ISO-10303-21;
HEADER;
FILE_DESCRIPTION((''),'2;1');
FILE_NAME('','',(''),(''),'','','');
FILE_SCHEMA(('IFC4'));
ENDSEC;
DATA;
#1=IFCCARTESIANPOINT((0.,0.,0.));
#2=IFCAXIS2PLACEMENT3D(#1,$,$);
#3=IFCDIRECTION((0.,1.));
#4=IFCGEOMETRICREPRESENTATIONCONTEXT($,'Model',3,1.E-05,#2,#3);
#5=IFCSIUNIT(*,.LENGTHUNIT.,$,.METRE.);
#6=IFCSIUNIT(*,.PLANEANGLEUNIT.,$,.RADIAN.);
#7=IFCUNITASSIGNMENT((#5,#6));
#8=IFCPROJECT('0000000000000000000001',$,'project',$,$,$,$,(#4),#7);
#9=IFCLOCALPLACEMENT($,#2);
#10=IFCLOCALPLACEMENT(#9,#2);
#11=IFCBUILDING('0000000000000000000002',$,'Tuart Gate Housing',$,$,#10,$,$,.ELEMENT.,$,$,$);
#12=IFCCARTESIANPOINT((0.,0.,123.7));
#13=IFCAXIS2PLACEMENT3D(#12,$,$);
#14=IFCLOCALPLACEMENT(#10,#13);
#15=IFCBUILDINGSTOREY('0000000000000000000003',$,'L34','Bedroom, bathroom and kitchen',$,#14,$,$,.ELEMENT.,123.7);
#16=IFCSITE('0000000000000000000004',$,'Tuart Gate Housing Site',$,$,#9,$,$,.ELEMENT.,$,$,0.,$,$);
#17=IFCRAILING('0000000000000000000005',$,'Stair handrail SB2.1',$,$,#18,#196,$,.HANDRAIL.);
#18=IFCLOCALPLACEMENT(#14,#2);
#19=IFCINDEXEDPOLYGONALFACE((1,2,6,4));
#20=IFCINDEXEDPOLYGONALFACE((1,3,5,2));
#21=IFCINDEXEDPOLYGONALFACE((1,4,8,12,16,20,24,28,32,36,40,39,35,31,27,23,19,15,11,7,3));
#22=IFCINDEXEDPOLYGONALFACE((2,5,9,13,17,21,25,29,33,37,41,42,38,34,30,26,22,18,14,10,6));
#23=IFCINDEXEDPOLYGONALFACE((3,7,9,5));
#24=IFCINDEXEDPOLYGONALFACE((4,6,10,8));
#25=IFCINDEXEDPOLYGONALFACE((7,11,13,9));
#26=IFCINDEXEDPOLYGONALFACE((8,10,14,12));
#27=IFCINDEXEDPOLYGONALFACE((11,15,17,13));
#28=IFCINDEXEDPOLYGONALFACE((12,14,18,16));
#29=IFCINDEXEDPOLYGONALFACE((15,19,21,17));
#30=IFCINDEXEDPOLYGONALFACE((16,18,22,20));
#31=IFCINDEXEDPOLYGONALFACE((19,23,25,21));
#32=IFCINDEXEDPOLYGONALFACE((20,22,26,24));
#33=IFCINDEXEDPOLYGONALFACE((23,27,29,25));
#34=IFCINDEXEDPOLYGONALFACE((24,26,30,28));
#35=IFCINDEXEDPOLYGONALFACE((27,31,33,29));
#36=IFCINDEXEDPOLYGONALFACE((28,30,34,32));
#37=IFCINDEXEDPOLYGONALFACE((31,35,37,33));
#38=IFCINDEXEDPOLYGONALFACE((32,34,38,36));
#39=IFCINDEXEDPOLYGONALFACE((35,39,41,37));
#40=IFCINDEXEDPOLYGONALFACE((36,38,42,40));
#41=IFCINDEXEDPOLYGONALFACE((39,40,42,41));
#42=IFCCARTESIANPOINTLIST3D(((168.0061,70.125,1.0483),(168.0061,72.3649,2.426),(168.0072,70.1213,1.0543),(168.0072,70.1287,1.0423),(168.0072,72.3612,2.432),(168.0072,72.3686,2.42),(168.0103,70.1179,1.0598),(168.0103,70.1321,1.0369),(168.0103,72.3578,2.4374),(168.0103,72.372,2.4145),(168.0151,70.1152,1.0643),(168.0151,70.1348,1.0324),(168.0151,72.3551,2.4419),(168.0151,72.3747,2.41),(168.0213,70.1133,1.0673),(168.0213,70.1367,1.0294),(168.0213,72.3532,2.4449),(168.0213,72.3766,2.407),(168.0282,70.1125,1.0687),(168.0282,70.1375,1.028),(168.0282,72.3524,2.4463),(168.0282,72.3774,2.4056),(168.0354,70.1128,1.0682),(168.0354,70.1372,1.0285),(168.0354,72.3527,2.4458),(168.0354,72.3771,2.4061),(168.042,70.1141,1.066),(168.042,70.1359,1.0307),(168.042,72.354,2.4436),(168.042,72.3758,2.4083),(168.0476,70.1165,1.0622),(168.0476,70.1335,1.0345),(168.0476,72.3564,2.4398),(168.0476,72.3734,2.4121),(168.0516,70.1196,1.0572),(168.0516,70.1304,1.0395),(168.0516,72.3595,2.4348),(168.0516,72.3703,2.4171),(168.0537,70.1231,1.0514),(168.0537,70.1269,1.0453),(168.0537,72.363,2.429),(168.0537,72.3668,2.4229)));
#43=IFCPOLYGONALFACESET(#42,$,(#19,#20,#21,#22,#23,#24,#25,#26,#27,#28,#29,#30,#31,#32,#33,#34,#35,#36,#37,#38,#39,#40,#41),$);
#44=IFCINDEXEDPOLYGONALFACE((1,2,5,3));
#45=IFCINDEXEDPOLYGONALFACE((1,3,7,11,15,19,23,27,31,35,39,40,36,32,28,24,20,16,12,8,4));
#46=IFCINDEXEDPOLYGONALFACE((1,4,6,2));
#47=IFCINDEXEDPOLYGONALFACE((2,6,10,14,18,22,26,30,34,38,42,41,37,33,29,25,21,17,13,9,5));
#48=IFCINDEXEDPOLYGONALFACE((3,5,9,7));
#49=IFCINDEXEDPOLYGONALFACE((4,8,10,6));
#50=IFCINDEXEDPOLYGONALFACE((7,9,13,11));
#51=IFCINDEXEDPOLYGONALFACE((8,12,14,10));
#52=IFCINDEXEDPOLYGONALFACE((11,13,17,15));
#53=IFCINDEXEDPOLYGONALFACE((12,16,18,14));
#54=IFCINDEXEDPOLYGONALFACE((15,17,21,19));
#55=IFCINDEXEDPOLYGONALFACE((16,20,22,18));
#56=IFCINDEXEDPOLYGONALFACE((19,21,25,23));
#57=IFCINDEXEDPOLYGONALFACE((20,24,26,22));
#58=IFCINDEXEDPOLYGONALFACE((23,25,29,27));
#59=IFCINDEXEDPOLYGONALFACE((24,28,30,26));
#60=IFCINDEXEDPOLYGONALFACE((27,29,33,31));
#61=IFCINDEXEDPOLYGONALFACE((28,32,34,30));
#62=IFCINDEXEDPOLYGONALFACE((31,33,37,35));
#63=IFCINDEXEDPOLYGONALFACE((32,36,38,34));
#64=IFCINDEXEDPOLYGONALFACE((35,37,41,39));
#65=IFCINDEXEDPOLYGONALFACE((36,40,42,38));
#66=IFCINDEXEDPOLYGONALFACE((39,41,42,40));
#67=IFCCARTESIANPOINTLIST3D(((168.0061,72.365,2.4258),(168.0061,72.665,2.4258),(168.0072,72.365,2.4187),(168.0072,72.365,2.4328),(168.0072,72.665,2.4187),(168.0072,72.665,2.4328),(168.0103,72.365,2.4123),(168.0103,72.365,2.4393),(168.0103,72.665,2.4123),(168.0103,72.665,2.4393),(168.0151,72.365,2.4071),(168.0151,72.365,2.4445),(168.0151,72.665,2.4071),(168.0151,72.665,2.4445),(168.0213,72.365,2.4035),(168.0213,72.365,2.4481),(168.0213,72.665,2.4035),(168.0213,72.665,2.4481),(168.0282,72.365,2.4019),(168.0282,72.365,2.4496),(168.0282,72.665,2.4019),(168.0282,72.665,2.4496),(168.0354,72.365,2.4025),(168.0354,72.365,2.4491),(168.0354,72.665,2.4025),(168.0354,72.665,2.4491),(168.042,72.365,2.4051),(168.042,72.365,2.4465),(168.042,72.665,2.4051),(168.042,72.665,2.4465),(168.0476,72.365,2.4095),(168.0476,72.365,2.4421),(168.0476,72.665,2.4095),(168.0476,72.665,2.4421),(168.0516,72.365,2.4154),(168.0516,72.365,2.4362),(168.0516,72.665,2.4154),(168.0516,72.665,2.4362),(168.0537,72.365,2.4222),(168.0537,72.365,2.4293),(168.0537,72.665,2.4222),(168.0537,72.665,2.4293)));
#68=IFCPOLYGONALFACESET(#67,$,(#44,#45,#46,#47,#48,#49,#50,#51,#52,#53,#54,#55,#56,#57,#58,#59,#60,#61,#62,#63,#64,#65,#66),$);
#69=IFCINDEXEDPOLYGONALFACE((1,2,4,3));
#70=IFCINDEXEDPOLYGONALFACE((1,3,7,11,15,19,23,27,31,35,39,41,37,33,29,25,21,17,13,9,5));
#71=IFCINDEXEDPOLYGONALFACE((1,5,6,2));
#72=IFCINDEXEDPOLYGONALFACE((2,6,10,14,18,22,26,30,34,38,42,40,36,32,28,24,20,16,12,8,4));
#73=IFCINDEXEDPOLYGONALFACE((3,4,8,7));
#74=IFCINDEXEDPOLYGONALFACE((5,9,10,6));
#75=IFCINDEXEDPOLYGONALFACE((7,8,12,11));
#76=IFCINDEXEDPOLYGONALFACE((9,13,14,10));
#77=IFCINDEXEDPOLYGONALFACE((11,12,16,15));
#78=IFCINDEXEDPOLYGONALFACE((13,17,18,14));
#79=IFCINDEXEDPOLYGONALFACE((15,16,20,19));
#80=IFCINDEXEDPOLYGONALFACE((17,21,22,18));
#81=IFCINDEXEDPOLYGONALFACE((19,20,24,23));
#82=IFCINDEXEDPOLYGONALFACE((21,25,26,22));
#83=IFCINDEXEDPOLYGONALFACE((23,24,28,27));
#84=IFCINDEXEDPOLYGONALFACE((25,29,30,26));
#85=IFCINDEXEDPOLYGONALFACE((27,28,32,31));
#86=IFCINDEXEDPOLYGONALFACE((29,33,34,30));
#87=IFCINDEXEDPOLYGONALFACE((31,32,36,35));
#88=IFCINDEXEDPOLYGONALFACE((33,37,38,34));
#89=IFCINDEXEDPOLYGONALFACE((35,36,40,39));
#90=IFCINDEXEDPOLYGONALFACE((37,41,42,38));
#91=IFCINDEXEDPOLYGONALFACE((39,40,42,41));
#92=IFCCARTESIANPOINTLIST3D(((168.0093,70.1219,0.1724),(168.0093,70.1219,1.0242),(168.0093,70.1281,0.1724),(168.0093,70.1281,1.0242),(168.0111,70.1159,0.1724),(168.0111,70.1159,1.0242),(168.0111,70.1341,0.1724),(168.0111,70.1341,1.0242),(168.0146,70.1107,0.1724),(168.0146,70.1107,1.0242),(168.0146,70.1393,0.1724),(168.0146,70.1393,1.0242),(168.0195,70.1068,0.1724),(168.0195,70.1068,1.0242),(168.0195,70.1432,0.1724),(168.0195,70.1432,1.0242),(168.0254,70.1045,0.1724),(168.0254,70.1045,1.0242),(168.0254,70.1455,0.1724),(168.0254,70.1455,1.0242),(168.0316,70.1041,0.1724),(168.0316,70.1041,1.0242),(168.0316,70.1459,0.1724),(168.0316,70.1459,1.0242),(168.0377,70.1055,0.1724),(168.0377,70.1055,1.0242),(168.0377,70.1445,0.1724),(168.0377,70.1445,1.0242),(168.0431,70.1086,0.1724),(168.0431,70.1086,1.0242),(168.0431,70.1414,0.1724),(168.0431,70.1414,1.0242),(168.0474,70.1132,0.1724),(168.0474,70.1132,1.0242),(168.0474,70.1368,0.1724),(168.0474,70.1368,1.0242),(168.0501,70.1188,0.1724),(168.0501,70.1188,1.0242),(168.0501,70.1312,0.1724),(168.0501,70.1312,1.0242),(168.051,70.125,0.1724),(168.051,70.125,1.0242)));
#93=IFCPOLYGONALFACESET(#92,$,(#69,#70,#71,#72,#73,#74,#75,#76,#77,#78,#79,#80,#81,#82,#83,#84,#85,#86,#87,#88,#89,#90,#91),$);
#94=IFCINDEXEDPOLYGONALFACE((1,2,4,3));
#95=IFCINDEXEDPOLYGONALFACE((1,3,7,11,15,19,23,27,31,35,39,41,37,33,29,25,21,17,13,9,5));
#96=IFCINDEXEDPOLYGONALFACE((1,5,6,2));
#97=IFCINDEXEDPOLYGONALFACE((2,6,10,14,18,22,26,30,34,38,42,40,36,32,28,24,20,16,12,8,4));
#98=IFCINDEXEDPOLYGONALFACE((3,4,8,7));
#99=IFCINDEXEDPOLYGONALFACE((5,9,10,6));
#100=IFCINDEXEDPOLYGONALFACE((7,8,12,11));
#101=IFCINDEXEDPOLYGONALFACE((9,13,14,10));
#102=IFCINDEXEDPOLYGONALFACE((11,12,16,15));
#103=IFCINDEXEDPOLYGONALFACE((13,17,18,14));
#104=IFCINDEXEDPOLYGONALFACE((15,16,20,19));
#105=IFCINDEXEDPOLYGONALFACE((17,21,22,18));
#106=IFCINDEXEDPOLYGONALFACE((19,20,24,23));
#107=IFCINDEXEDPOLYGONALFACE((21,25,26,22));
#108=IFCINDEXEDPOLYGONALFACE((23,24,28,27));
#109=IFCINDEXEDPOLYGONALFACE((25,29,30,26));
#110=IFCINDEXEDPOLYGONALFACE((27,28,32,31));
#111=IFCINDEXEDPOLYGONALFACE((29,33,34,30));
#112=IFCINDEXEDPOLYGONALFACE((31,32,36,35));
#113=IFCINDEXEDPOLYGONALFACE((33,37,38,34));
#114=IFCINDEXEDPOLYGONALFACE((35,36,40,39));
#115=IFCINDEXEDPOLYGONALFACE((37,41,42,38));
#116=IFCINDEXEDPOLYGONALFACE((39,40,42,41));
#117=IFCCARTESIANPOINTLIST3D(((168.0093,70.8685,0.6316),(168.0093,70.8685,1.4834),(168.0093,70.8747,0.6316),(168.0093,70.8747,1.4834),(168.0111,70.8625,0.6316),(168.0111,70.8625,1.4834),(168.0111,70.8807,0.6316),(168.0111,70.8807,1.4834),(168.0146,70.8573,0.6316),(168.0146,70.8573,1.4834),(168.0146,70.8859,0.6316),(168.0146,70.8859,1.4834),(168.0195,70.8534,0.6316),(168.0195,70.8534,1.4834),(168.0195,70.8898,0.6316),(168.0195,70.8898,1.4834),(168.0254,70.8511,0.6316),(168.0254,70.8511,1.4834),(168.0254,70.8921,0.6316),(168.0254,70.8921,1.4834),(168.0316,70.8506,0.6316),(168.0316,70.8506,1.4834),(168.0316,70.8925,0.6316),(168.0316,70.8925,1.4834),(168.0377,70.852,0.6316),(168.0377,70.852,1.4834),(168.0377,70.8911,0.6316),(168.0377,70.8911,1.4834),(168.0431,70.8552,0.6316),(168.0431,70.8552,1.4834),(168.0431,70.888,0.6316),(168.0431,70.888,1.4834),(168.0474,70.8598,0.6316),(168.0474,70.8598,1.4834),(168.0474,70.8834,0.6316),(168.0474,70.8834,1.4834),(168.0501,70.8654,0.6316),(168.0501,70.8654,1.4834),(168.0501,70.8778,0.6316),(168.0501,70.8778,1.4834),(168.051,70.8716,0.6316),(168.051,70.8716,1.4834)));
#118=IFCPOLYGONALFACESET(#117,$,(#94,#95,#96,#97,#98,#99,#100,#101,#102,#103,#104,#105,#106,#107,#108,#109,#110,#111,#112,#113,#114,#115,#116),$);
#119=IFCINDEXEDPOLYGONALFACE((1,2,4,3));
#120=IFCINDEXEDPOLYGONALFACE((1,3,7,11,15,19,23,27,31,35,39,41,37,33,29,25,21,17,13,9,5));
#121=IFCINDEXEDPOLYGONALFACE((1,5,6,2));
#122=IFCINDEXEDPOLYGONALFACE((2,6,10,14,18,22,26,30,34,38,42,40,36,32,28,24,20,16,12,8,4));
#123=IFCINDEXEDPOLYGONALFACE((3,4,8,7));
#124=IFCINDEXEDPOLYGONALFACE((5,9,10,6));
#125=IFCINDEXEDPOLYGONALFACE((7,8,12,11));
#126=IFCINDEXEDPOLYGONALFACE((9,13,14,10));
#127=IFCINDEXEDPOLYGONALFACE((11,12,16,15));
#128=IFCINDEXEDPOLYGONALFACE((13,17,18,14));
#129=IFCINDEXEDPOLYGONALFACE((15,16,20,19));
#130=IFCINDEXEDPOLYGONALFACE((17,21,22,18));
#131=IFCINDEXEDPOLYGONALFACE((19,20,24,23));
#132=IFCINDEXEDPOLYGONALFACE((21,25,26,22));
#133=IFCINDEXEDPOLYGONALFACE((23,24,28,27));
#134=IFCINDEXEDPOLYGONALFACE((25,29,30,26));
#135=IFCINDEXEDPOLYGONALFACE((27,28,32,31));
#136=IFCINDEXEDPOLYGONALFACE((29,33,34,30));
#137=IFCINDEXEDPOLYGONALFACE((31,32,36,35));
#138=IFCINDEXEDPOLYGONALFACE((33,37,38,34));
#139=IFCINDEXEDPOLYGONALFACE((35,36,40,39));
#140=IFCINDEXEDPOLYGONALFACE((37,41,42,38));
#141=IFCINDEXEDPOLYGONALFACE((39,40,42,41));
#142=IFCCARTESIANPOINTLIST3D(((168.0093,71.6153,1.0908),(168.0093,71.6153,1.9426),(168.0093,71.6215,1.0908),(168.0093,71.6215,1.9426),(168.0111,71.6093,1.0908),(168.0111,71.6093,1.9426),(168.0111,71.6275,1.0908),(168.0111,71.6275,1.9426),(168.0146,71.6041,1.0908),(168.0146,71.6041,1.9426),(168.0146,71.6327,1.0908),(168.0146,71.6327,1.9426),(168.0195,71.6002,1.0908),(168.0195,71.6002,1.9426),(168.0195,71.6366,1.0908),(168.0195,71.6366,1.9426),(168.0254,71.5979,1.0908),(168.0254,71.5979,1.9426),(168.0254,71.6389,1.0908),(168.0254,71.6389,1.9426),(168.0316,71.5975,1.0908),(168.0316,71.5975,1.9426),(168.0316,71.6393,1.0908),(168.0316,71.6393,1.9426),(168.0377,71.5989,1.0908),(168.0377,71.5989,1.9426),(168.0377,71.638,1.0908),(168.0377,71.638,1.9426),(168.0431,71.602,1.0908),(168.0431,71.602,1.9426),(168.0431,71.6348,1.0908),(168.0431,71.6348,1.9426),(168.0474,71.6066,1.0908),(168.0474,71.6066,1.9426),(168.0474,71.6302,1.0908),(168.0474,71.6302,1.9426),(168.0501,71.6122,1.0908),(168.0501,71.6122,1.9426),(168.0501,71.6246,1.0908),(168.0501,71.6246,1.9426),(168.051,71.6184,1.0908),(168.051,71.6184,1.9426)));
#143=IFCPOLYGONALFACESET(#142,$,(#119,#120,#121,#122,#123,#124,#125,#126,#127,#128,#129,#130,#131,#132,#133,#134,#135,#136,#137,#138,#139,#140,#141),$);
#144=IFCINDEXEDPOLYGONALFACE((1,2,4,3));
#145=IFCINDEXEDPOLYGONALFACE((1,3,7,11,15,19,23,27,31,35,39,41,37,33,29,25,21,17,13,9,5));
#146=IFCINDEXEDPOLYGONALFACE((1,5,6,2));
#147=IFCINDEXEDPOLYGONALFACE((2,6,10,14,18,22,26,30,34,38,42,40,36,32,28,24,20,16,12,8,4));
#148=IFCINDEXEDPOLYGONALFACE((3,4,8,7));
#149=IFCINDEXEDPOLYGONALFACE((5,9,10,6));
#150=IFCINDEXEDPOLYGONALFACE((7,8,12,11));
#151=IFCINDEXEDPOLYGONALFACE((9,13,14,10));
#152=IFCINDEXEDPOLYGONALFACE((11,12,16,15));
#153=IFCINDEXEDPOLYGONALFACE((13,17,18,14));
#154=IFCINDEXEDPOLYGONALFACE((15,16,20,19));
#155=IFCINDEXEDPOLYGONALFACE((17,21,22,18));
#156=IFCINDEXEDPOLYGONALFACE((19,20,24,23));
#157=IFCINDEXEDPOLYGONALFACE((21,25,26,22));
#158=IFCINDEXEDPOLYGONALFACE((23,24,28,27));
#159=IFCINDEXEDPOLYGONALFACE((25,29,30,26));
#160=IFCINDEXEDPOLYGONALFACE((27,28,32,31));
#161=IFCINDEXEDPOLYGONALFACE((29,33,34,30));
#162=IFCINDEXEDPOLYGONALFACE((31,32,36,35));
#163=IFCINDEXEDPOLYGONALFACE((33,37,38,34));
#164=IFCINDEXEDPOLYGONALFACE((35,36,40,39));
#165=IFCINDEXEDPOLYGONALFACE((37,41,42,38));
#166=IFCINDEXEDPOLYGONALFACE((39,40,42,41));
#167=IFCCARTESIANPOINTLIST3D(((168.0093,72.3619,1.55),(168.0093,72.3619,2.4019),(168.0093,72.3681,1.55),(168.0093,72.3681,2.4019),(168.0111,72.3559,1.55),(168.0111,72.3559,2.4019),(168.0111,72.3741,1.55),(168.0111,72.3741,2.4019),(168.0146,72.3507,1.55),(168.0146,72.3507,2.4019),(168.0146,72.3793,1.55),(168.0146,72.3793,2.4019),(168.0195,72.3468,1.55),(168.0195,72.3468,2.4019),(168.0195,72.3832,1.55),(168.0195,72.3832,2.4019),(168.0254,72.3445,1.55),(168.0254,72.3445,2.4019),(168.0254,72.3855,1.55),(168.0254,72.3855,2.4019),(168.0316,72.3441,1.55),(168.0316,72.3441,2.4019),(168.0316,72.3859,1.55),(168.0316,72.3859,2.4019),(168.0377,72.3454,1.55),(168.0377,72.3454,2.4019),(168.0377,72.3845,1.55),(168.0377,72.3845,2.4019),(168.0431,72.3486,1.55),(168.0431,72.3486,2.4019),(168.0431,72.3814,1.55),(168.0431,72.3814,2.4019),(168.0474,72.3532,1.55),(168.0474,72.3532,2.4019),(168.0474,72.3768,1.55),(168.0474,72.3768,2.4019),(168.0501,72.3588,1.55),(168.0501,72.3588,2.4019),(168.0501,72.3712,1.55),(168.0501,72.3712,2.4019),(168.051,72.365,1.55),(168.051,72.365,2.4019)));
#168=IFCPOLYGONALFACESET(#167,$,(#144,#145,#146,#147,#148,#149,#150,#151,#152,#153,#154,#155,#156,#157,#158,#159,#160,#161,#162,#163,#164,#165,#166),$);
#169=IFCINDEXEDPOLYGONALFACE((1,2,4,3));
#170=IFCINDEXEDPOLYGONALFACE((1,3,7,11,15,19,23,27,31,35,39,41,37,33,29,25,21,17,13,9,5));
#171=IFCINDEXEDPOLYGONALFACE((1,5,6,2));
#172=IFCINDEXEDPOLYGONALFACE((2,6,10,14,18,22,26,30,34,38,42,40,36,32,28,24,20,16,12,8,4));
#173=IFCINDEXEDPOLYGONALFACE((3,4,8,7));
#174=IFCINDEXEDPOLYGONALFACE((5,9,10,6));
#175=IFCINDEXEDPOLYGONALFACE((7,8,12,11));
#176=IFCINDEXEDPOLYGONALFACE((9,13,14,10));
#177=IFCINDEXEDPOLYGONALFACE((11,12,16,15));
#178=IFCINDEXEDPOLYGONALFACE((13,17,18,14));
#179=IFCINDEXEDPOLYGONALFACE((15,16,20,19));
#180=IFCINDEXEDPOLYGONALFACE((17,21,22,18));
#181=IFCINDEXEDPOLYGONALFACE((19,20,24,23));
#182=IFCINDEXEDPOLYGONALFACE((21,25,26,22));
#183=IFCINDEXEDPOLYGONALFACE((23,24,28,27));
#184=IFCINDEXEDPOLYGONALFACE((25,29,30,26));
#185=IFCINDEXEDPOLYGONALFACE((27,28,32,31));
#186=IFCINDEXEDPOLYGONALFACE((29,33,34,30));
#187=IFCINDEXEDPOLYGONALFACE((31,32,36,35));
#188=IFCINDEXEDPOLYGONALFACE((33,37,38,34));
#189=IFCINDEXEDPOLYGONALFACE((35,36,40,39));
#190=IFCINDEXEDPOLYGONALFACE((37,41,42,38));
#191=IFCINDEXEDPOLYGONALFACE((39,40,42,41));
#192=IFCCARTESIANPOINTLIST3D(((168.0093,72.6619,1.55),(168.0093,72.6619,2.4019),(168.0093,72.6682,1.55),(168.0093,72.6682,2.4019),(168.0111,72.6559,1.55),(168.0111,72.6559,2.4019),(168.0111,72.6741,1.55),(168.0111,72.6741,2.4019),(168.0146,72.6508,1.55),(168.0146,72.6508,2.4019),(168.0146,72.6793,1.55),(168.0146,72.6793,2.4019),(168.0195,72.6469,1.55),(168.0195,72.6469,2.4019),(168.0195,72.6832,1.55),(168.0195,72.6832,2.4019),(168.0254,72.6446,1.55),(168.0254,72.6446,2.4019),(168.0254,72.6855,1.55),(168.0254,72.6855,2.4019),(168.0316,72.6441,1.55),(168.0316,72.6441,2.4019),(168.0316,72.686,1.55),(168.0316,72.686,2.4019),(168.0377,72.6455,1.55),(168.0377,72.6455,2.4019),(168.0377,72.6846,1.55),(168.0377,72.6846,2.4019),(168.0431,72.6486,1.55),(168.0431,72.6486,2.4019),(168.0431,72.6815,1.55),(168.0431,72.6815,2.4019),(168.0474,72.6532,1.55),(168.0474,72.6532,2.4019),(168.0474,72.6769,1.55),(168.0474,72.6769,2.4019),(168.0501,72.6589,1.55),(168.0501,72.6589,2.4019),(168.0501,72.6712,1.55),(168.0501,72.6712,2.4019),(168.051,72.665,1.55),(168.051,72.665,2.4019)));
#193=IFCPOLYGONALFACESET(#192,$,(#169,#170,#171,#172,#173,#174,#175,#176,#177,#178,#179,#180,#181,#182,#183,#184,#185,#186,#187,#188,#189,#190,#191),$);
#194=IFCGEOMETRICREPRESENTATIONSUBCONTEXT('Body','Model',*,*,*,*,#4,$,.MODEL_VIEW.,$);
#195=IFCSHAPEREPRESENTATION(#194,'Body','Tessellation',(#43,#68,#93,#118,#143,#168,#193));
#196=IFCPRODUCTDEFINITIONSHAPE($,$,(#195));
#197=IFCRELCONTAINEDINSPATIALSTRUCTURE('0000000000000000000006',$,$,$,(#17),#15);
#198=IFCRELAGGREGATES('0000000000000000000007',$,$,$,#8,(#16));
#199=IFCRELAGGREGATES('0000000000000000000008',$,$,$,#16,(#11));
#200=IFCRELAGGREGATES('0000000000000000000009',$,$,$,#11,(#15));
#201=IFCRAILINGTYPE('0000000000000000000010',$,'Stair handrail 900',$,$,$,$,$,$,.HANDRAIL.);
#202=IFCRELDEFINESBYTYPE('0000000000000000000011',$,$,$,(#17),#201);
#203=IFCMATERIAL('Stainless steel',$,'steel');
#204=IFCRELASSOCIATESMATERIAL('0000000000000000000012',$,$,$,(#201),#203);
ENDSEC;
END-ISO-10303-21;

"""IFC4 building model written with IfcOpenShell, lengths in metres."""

from ifc_helpers import new_model, si_unit, direction, frame, origin, origin_2d, place, context, subcontext, project, spatial, circle, extrude, material, type_object, element, save


model = new_model("IFC4")

# Units and contexts
model_context = context("Model", 3, precision=1e-05, world=origin(), true_north=direction((0.0, 1.0)))
body_context = subcontext(model_context, "Body", "Model", "MODEL_VIEW")
ifc_project = project(units=[si_unit("LENGTHUNIT", "METRE"), si_unit("PLANEANGLEUNIT", "RADIAN")], contexts=[model_context])

# Site, building, storey
site_placement = place(None, origin())
site = spatial("IfcSite", under=ifc_project, at=site_placement, Name="Tuart Gate Housing Site", CompositionType="ELEMENT", RefElevation=0.0)
building_placement = place(site_placement, origin())
building = spatial("IfcBuilding", under=site, at=building_placement, Name="Tuart Gate Housing", CompositionType="ELEMENT")
storey_placement = place(building_placement, frame((0.0, 0.0, 123.7)))
storey = spatial("IfcBuildingStorey", under=building, at=storey_placement, Name="L34", Description="Bedroom, bathroom and kitchen", CompositionType="ELEMENT", Elevation=123.7)

# Railing
ifc_material_1 = material(Name="Stainless steel", Category="steel")
railing_type = type_object("IfcRailingType", Name="Stair handrail 900", PredefinedType="HANDRAIL", material=ifc_material_1)
railing_placement = place(storey_placement, frame((168.03, 70.125, 0.1724)))
element("IfcRailing", 1, at=railing_placement, inside=storey, type_object=railing_type, Name="Stair handrail SB2.1", PredefinedType="HANDRAIL", context=body_context, shape_type="SweptSolid", body=[
    extrude(circle(Radius=0.0239, at=origin_2d()), frame((0.0, 0.0, 0.876), z_axis=(0.0, 0.851789, 0.523885), x_axis=(-1.0, 0.0, 0.0)), (0.0, 0.0, 1.0), 2.6296),
    extrude(circle(Radius=0.0239, at=origin_2d()), frame((0.0, 2.24, 2.2534), z_axis=(0.0, 1.0, 0.0), x_axis=(-1.0, 0.0, 0.0)), (0.0, 0.0, 1.0), 0.3),
    extrude(circle(Radius=0.021, at=origin_2d()), origin(), (0.0, 0.0, 1.0), 0.8518),
    extrude(circle(Radius=0.021, at=origin_2d()), frame((0.0, 0.7466, 0.4592)), (0.0, 0.0, 1.0), 0.8518),
    extrude(circle(Radius=0.021, at=origin_2d()), frame((0.0, 1.4934, 0.9185)), (0.0, 0.0, 1.0), 0.8518),
    extrude(circle(Radius=0.021, at=origin_2d()), frame((0.0, 2.24, 1.3777)), (0.0, 0.0, 1.0), 0.8518),
    extrude(circle(Radius=0.021, at=origin_2d()), frame((0.0, 2.54, 1.3777)), (0.0, 0.0, 1.0), 0.8518),
])

save(model, "model.ifc")
